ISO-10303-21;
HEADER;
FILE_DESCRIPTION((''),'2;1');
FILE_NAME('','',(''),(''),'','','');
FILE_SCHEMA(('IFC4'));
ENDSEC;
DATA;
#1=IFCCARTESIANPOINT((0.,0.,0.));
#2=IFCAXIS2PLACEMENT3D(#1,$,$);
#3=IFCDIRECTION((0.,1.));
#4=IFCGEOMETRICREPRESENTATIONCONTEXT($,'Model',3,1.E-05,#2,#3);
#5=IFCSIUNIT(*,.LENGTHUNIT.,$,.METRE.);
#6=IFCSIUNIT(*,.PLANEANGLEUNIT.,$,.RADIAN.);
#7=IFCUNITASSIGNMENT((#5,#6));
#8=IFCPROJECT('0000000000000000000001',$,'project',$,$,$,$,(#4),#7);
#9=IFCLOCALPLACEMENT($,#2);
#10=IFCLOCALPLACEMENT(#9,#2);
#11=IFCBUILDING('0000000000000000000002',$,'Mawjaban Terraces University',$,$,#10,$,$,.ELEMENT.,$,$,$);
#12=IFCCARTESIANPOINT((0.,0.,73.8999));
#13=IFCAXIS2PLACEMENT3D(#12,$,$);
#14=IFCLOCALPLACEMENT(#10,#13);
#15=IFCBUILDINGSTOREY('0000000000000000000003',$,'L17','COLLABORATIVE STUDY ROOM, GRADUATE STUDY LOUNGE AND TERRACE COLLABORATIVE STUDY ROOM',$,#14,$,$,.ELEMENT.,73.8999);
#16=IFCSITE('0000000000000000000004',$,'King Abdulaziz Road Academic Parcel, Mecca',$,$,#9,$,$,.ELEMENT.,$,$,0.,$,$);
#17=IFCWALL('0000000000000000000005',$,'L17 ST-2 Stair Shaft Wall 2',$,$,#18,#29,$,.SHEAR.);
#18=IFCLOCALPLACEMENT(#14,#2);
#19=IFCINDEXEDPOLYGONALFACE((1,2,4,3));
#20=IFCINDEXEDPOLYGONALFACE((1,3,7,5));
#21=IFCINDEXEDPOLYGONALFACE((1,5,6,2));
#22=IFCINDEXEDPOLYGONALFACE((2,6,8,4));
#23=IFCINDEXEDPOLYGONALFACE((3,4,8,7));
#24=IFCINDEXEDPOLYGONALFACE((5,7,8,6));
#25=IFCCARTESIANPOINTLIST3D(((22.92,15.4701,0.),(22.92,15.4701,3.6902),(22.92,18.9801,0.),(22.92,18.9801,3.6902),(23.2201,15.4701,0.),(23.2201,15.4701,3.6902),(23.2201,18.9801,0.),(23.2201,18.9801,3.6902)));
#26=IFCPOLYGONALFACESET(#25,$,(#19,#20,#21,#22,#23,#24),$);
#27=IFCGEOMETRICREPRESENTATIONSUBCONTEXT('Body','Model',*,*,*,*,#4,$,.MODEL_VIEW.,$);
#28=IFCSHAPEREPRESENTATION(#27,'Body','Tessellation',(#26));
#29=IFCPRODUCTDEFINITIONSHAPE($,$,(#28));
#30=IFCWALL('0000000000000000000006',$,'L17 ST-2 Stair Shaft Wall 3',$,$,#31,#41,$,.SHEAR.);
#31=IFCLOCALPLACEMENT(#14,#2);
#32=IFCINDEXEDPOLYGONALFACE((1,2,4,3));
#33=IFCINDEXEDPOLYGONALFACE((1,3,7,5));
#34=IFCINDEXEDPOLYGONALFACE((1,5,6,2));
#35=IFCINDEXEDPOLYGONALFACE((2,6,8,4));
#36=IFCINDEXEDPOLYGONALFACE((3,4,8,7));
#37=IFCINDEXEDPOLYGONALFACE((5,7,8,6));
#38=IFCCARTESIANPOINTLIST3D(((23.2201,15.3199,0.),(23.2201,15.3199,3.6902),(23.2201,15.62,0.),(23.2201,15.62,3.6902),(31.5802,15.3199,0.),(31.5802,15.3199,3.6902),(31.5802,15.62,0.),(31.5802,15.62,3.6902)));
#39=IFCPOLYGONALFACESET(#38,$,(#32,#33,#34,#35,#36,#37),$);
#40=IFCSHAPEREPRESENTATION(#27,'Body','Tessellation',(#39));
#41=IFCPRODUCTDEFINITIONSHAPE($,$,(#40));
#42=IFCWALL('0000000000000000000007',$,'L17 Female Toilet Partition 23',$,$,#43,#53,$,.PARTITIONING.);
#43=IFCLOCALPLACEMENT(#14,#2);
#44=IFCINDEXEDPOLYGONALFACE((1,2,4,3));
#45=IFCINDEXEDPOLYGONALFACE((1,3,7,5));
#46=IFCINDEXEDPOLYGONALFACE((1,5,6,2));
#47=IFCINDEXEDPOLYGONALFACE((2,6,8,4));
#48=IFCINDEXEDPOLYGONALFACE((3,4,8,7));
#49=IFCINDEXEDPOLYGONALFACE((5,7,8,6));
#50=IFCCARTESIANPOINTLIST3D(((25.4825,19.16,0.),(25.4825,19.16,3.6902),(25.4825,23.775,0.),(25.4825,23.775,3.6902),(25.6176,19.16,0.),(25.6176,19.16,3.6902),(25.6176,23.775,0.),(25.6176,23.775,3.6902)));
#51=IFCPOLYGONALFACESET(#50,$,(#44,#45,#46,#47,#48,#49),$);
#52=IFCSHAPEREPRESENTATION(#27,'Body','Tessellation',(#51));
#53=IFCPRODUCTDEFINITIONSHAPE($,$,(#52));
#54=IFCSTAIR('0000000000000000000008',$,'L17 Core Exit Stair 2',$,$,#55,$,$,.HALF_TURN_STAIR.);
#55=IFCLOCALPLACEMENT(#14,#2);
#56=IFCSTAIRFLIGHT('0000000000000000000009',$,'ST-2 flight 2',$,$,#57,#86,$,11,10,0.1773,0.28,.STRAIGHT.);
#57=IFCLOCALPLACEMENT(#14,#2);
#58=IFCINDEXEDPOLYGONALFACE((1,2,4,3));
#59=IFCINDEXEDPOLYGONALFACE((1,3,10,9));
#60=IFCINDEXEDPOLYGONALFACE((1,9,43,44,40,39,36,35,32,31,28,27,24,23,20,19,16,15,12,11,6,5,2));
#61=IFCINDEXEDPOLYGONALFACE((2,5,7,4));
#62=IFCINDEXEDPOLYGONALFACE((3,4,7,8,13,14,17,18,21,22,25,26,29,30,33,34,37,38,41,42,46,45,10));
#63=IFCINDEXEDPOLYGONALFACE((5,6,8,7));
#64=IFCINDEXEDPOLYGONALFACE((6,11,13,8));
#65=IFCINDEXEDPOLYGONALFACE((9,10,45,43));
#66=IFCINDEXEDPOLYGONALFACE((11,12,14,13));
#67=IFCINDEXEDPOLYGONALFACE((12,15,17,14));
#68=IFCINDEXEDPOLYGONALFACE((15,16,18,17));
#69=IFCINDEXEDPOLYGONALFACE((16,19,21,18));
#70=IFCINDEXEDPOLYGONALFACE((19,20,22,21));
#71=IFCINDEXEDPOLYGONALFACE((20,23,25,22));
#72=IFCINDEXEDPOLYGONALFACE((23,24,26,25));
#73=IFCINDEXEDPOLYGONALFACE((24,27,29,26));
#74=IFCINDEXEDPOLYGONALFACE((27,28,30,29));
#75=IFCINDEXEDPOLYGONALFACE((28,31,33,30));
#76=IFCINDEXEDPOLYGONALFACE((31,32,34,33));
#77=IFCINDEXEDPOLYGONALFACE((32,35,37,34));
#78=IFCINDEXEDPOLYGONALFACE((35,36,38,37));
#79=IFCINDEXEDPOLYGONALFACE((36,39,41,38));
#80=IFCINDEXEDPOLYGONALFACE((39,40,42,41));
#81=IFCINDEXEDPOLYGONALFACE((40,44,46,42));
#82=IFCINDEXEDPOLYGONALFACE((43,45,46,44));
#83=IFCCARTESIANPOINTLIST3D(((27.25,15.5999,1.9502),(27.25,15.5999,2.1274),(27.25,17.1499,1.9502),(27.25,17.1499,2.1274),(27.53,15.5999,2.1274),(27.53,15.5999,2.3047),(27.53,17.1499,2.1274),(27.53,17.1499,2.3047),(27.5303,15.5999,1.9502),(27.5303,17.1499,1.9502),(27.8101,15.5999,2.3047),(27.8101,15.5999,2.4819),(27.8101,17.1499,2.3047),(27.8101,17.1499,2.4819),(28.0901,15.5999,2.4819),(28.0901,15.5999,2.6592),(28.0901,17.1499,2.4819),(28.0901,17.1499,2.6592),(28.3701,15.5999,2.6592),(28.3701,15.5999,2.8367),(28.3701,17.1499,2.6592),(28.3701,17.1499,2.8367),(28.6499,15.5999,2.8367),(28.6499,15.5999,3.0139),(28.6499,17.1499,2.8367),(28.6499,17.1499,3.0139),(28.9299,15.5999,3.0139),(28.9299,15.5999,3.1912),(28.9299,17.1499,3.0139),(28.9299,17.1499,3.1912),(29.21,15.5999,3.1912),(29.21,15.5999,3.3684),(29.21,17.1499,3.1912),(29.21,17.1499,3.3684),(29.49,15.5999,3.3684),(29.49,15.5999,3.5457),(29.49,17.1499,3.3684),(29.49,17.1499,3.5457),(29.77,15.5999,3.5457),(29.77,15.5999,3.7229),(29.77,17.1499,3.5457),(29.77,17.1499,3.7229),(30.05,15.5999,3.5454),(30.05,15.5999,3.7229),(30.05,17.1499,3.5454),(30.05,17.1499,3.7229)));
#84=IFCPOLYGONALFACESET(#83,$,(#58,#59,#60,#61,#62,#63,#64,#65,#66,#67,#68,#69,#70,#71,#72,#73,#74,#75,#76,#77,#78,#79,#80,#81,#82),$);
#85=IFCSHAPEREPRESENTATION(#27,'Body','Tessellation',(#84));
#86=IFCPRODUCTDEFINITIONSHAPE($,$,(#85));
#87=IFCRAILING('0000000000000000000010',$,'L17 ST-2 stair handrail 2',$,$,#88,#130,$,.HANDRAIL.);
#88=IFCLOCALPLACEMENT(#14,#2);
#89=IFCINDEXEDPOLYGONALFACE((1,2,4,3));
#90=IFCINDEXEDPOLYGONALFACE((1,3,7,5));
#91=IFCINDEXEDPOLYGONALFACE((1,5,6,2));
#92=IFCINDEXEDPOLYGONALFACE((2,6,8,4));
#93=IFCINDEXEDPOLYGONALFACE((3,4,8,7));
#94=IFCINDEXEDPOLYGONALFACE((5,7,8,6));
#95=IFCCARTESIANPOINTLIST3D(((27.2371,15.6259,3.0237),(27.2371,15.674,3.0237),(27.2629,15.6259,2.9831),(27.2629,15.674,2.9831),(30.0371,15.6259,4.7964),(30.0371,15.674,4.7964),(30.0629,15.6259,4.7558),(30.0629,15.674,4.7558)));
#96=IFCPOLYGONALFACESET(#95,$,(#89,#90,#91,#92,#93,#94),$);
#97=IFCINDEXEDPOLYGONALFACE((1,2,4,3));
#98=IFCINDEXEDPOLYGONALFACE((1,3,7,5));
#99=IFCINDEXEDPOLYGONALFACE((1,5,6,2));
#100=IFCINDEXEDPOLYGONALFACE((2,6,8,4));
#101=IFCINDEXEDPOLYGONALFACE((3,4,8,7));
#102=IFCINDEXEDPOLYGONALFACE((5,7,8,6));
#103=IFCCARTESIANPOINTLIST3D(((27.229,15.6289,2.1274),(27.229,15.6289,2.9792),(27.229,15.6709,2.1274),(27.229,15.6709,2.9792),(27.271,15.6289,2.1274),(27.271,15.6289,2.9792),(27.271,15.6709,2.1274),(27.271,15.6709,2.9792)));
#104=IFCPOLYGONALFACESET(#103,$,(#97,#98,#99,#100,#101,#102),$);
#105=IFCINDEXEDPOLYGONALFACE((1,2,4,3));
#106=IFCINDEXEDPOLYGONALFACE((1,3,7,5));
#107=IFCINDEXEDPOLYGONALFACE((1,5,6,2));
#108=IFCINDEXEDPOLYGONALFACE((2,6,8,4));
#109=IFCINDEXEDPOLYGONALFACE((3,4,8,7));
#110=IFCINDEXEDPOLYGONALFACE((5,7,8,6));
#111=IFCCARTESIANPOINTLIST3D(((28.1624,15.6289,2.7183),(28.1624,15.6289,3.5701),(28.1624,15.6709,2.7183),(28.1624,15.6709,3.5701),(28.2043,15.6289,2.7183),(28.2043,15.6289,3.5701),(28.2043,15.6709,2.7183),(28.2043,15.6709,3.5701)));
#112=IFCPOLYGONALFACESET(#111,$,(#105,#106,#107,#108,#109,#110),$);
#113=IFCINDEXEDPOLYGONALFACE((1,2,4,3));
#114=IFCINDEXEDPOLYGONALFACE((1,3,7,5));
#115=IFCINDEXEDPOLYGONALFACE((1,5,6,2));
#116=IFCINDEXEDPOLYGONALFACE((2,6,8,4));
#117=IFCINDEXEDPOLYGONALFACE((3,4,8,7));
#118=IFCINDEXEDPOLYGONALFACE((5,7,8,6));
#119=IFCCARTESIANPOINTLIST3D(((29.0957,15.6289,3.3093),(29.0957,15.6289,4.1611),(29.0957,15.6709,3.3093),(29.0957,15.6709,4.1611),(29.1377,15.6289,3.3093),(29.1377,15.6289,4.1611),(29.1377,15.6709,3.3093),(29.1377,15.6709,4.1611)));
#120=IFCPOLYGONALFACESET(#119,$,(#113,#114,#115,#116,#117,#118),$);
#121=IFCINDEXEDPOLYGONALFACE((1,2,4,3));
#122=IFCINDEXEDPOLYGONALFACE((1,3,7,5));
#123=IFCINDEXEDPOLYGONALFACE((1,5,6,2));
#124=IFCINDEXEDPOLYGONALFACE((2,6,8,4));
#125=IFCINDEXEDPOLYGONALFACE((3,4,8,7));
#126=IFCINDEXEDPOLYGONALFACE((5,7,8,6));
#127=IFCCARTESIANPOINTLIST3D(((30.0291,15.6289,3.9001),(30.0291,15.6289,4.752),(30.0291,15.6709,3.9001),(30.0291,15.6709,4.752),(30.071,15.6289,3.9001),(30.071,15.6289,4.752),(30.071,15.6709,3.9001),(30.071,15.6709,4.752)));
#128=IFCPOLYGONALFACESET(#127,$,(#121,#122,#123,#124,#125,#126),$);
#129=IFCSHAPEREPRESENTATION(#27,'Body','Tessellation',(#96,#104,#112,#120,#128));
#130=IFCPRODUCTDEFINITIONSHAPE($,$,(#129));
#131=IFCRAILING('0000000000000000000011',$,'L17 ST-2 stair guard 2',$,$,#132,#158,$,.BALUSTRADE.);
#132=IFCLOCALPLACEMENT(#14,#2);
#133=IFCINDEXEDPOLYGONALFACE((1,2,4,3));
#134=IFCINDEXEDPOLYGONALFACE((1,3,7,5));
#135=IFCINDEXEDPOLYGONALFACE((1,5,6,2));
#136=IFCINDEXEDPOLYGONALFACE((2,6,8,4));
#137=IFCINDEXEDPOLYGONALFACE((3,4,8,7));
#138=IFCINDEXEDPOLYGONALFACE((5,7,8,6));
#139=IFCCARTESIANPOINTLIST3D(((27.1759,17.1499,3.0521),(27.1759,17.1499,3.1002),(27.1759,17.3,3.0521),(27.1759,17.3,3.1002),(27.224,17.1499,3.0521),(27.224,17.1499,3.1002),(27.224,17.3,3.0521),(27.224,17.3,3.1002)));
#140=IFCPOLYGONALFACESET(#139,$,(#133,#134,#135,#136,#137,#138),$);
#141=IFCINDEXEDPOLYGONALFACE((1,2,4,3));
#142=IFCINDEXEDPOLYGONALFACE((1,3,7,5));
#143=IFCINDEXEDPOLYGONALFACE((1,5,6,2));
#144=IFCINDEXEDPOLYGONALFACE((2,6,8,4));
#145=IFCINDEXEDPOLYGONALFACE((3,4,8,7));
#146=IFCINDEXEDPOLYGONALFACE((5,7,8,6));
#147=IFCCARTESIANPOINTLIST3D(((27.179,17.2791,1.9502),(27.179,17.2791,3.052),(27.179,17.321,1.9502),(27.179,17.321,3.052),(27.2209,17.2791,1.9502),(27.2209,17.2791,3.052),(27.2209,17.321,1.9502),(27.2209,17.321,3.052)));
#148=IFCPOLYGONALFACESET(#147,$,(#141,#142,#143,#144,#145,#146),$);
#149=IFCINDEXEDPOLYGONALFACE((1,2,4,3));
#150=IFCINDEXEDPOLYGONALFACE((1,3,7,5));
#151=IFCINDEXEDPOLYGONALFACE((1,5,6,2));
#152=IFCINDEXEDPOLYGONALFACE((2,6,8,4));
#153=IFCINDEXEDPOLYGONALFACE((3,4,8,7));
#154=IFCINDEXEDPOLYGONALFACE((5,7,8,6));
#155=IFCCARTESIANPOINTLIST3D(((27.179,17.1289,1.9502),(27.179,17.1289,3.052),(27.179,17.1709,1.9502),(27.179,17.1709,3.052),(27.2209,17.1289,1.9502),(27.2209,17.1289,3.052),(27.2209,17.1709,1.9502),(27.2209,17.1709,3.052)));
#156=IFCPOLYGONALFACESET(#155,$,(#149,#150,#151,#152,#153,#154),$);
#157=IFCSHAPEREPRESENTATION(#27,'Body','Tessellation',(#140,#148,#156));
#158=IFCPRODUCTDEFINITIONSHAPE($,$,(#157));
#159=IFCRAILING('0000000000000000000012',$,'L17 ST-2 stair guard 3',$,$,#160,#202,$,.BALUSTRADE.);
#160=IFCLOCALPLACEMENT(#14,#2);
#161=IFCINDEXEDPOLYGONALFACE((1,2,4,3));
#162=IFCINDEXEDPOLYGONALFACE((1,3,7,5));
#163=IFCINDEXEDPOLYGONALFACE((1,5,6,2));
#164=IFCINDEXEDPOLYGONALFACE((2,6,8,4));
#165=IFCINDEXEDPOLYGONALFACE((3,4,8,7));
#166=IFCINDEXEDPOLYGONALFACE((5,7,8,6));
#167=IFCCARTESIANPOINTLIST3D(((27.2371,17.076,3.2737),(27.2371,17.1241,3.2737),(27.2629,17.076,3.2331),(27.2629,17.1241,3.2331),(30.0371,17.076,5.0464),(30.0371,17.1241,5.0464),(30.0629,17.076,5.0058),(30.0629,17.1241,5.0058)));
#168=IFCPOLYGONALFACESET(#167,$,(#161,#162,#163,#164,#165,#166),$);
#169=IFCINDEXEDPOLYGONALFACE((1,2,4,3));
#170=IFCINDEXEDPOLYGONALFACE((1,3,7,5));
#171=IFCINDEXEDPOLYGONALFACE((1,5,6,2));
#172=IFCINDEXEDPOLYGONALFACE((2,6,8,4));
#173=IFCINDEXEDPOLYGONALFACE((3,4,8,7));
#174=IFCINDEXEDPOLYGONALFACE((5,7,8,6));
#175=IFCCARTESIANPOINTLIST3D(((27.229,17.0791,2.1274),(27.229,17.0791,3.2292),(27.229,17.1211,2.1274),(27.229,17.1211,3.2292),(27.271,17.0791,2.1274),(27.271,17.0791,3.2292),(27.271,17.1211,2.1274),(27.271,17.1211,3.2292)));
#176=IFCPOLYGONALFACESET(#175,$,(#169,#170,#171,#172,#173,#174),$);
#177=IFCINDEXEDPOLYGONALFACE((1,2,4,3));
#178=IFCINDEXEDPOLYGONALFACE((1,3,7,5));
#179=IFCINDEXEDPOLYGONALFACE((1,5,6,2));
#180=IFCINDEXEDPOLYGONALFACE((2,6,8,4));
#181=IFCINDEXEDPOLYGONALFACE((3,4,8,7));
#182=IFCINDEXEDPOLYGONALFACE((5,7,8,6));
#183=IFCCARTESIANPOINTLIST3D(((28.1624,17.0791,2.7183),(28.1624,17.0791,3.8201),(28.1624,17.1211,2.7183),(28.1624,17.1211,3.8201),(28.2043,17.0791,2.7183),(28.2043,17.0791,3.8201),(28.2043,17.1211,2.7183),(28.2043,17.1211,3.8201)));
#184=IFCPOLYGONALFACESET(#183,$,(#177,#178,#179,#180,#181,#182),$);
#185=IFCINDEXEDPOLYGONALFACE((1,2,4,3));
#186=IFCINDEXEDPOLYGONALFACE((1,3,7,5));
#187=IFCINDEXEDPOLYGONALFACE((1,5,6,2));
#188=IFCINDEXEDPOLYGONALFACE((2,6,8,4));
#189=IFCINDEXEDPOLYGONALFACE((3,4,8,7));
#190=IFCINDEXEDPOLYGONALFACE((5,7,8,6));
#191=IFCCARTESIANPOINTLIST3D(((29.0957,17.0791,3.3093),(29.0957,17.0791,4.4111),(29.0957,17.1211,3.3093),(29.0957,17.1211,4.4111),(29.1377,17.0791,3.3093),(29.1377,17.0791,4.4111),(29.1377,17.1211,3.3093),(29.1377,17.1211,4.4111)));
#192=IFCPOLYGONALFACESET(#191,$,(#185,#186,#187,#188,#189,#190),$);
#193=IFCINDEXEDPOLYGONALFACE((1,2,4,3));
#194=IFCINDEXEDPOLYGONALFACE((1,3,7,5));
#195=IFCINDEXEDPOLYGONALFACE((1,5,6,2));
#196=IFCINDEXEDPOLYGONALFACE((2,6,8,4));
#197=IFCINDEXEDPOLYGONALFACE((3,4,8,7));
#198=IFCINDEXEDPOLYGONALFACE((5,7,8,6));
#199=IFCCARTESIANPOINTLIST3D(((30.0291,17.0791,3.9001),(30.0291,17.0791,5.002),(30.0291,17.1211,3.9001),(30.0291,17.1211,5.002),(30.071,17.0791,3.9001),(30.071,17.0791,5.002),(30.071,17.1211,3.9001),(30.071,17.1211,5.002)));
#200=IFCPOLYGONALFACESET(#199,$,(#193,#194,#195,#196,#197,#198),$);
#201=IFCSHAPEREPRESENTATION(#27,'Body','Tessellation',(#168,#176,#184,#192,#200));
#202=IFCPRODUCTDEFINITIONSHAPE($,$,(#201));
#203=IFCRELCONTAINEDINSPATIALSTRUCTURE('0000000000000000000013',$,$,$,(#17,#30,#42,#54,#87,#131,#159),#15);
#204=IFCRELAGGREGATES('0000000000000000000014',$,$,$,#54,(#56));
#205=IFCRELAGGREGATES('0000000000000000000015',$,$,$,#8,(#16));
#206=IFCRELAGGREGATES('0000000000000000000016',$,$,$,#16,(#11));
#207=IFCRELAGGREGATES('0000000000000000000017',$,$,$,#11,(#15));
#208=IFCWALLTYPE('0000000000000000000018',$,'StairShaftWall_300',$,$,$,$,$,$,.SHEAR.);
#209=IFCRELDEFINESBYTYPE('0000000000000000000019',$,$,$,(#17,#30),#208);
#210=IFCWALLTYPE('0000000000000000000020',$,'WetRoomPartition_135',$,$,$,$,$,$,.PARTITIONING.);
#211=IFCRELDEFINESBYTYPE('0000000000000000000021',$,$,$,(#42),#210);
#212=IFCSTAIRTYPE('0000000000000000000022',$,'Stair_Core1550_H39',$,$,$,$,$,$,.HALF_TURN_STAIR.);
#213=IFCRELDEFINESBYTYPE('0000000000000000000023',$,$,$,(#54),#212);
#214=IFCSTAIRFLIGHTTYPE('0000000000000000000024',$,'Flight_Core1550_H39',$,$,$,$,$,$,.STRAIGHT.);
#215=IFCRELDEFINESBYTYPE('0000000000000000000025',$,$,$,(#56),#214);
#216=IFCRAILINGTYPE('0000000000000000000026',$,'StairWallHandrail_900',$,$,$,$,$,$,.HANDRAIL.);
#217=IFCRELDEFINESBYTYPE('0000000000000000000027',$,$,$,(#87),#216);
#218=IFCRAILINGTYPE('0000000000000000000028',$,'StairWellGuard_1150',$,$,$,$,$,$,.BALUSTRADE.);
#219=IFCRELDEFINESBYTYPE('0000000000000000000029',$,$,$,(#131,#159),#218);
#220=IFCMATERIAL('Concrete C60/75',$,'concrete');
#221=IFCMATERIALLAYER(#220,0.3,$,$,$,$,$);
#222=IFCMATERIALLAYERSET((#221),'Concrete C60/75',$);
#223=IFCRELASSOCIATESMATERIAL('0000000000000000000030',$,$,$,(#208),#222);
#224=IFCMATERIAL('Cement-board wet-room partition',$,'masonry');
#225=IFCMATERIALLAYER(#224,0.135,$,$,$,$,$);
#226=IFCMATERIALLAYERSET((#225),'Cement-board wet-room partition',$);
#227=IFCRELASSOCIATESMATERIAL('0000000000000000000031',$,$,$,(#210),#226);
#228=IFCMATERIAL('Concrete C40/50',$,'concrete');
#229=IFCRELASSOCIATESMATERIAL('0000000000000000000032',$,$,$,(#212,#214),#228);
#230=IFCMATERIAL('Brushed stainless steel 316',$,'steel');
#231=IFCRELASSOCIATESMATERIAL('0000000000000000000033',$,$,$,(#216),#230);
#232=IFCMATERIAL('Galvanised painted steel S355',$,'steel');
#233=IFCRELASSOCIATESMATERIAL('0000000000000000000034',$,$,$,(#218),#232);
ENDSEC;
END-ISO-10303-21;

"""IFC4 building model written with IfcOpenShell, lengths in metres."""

from ifc_helpers import new_model, si_unit, direction, frame, frame_2d, origin, origin_2d, place, context, subcontext, project, spatial, polyline, rectangle, outline, extrude, material, layer, layer_set, type_object, element, aggregate, save


model = new_model("IFC4")

# Units and contexts
model_context = context("Model", 3, precision=1e-05, world=origin(), true_north=direction((0.0, 1.0)))
body_context = subcontext(model_context, "Body", "Model", "MODEL_VIEW")
ifc_project = project(units=[si_unit("LENGTHUNIT", "METRE"), si_unit("PLANEANGLEUNIT", "RADIAN")], contexts=[model_context])

# Site, building, storey
site_placement = place(None, origin())
site = spatial("IfcSite", under=ifc_project, at=site_placement, Name="King Abdulaziz Road Academic Parcel, Mecca", CompositionType="ELEMENT", RefElevation=0.0)
building_placement = place(site_placement, origin())
building = spatial("IfcBuilding", under=site, at=building_placement, Name="Mawjaban Terraces University", CompositionType="ELEMENT")
storey_placement = place(building_placement, frame((0.0, 0.0, 73.8999)))
storey = spatial("IfcBuildingStorey", under=building, at=storey_placement, Name="L17", Description="COLLABORATIVE STUDY ROOM, GRADUATE STUDY LOUNGE AND TERRACE COLLABORATIVE STUDY ROOM", CompositionType="ELEMENT", Elevation=73.8999)

# Walls
ifc_material_1 = material(Name="Concrete C40/50", Category="concrete")
ifc_material_2 = material(Name="Concrete C60/75", Category="concrete")
ifc_layer_1 = layer(ifc_material_2, 0.3)
ifc_layer_set_1 = layer_set([ifc_layer_1], Name="Concrete C60/75")
wall_type_1 = type_object("IfcWallType", Name="StairShaftWall_300", PredefinedType="SHEAR", material=ifc_layer_set_1)
wall_1_placement = place(storey_placement, frame((23.0701, 18.98, 0.0), z_axis=(0.0, 0.0, 1.0), x_axis=(0.0, -1.0, 0.0)))
element("IfcWall", 1, at=wall_1_placement, inside=storey, type_object=wall_type_1, Name="L17 ST-2 Stair Shaft Wall 2", PredefinedType="SHEAR", context=body_context, shape_type="SweptSolid", body=[
    extrude(rectangle(XDim=3.51, YDim=0.3, at=frame_2d((1.7549, 0.0))), origin(), (0.0, 0.0, 1.0), 3.6902),
])
wall_2_placement = place(storey_placement, frame((23.22, 15.47, 0.0), z_axis=(0.0, 0.0, 1.0), x_axis=(1.0, 0.0, 0.0)))
element("IfcWall", 2, at=wall_2_placement, inside=storey, type_object=wall_type_1, Name="L17 ST-2 Stair Shaft Wall 3", PredefinedType="SHEAR", context=body_context, shape_type="SweptSolid", body=[
    extrude(rectangle(XDim=8.3601, YDim=0.3, at=frame_2d((4.1802, 0.0))), origin(), (0.0, 0.0, 1.0), 3.6902),
])
ifc_material_3 = material(Name="Cement-board wet-room partition", Category="masonry")
ifc_layer_2 = layer(ifc_material_3, 0.135)
ifc_layer_set_2 = layer_set([ifc_layer_2], Name="Cement-board wet-room partition")
wall_type_2 = type_object("IfcWallType", Name="WetRoomPartition_135", PredefinedType="PARTITIONING", material=ifc_layer_set_2)
wall_3_placement = place(storey_placement, frame((25.55, 19.1599, 0.0), z_axis=(0.0, 0.0, 1.0), x_axis=(0.0, 1.0, 0.0)))
element("IfcWall", 3, at=wall_3_placement, inside=storey, type_object=wall_type_2, Name="L17 Female Toilet Partition 23", PredefinedType="PARTITIONING", context=body_context, shape_type="SweptSolid", body=[
    extrude(rectangle(XDim=4.615, YDim=0.135, at=frame_2d((2.3076, 0.0))), origin(), (0.0, 0.0, 1.0), 3.6902),
])

# Stair, stair flight
stair_type = type_object("IfcStairType", Name="Stair_Core1550_H39", PredefinedType="HALF_TURN_STAIR", material=ifc_material_1)
stair_placement = place(storey_placement, origin())
stair = element("IfcStair", 4, at=stair_placement, inside=storey, type_object=stair_type, Name="L17 Core Exit Stair 2", PredefinedType="HALF_TURN_STAIR")
stair_flight_type = type_object("IfcStairFlightType", Name="Flight_Core1550_H39", PredefinedType="STRAIGHT", material=ifc_material_1)
stair_flight_placement = place(storey_placement, frame((27.25, 16.375, 1.9502), z_axis=(0.0, 0.0, 1.0), x_axis=(1.0, 0.0, 0.0)))
stair_flight = element("IfcStairFlight", 5, at=stair_flight_placement, type_object=stair_flight_type, Name="ST-2 flight 2", NumberOfRisers=11, NumberOfTreads=10, PredefinedType="STRAIGHT", RiserHeight=0.1773, TreadLength=0.28, context=body_context, shape_type="SweptSolid", body=[
    extrude(outline(polyline([(0.0, 0.0), (0.0, 0.1772), (0.28, 0.1772), (0.28, 0.3545), (0.5601, 0.3545), (0.5601, 0.5317), (0.8401, 0.5317), (0.8401, 0.709), (1.1201, 0.709), (1.1201, 0.8865), (1.3999, 0.8865), (1.3999, 1.0637), (1.6799, 1.0637), (1.6799, 1.241), (1.96, 1.241), (1.96, 1.4182), (2.24, 1.4182), (2.24, 1.5955), (2.52, 1.5955), (2.52, 1.7727), (2.8, 1.7727), (2.8, 1.95), (2.8, 1.5952), (0.2803, 0.0), (0.0, 0.0)])), frame((0.0, 0.7749, 0.0), z_axis=(0.0, -1.0, 0.0), x_axis=(1.0, 0.0, 0.0)), (0.0, 0.0, 1.0), 1.55),
])
aggregate(stair, [stair_flight])

# Railings
ifc_material_4 = material(Name="Brushed stainless steel 316", Category="steel")
railing_type_1 = type_object("IfcRailingType", Name="StairWallHandrail_900", PredefinedType="HANDRAIL", material=ifc_material_4)
railing_1_placement = place(storey_placement, frame((27.25, 15.6499, 2.1274)))
element("IfcRailing", 6, at=railing_1_placement, inside=storey, type_object=railing_type_1, Name="L17 ST-2 stair handrail 2", PredefinedType="HANDRAIL", context=body_context, shape_type="SweptSolid", body=[
    extrude(rectangle(XDim=0.0481, YDim=0.0481, at=origin_2d()), frame((0.0, 0.0, 0.876), z_axis=(0.844909, 0.0, 0.53491), x_axis=(0.0, 1.0, 0.0)), (0.0, 0.0, 1.0), 3.314),
    extrude(rectangle(XDim=0.042, YDim=0.042, at=origin_2d()), origin(), (0.0, 0.0, 1.0), 0.8518),
    extrude(rectangle(XDim=0.042, YDim=0.042, at=origin_2d()), frame((0.9333, 0.0, 0.5908)), (0.0, 0.0, 1.0), 0.8518),
    extrude(rectangle(XDim=0.042, YDim=0.042, at=origin_2d()), frame((1.8667, 0.0, 1.1819)), (0.0, 0.0, 1.0), 0.8518),
    extrude(rectangle(XDim=0.042, YDim=0.042, at=origin_2d()), frame((2.8, 0.0, 1.7727)), (0.0, 0.0, 1.0), 0.8518),
])
ifc_material_5 = material(Name="Galvanised painted steel S355", Category="steel")
railing_type_2 = type_object("IfcRailingType", Name="StairWellGuard_1150", PredefinedType="BALUSTRADE", material=ifc_material_5)
railing_2_placement = place(storey_placement, frame((27.2, 17.3, 1.9502)))
element("IfcRailing", 7, at=railing_2_placement, inside=storey, type_object=railing_type_2, Name="L17 ST-2 stair guard 2", PredefinedType="BALUSTRADE", context=body_context, shape_type="SweptSolid", body=[
    extrude(rectangle(XDim=0.0481, YDim=0.0481, at=origin_2d()), frame((0.0, 0.0, 1.126), z_axis=(0.0, -1.0, 0.0), x_axis=(1.0, 0.0, 0.0)), (0.0, 0.0, 1.0), 0.1501),
    extrude(rectangle(XDim=0.042, YDim=0.042, at=origin_2d()), origin(), (0.0, 0.0, 1.0), 1.1018),
    extrude(rectangle(XDim=0.042, YDim=0.042, at=origin_2d()), frame((0.0, -0.1501, 0.0)), (0.0, 0.0, 1.0), 1.1018),
])
railing_3_placement = place(storey_placement, frame((27.25, 17.1001, 2.1274)))
element("IfcRailing", 8, at=railing_3_placement, inside=storey, type_object=railing_type_2, Name="L17 ST-2 stair guard 3", PredefinedType="BALUSTRADE", context=body_context, shape_type="SweptSolid", body=[
    extrude(rectangle(XDim=0.0481, YDim=0.0481, at=origin_2d()), frame((0.0, 0.0, 1.126), z_axis=(0.844909, 0.0, 0.53491), x_axis=(0.0, 1.0, 0.0)), (0.0, 0.0, 1.0), 3.314),
    extrude(rectangle(XDim=0.042, YDim=0.042, at=origin_2d()), origin(), (0.0, 0.0, 1.0), 1.1018),
    extrude(rectangle(XDim=0.042, YDim=0.042, at=origin_2d()), frame((0.9333, 0.0, 0.5908)), (0.0, 0.0, 1.0), 1.1018),
    extrude(rectangle(XDim=0.042, YDim=0.042, at=origin_2d()), frame((1.8667, 0.0, 1.1819)), (0.0, 0.0, 1.0), 1.1018),
    extrude(rectangle(XDim=0.042, YDim=0.042, at=origin_2d()), frame((2.8, 0.0, 1.7727)), (0.0, 0.0, 1.0), 1.1018),
])

save(model, "model.ifc")
